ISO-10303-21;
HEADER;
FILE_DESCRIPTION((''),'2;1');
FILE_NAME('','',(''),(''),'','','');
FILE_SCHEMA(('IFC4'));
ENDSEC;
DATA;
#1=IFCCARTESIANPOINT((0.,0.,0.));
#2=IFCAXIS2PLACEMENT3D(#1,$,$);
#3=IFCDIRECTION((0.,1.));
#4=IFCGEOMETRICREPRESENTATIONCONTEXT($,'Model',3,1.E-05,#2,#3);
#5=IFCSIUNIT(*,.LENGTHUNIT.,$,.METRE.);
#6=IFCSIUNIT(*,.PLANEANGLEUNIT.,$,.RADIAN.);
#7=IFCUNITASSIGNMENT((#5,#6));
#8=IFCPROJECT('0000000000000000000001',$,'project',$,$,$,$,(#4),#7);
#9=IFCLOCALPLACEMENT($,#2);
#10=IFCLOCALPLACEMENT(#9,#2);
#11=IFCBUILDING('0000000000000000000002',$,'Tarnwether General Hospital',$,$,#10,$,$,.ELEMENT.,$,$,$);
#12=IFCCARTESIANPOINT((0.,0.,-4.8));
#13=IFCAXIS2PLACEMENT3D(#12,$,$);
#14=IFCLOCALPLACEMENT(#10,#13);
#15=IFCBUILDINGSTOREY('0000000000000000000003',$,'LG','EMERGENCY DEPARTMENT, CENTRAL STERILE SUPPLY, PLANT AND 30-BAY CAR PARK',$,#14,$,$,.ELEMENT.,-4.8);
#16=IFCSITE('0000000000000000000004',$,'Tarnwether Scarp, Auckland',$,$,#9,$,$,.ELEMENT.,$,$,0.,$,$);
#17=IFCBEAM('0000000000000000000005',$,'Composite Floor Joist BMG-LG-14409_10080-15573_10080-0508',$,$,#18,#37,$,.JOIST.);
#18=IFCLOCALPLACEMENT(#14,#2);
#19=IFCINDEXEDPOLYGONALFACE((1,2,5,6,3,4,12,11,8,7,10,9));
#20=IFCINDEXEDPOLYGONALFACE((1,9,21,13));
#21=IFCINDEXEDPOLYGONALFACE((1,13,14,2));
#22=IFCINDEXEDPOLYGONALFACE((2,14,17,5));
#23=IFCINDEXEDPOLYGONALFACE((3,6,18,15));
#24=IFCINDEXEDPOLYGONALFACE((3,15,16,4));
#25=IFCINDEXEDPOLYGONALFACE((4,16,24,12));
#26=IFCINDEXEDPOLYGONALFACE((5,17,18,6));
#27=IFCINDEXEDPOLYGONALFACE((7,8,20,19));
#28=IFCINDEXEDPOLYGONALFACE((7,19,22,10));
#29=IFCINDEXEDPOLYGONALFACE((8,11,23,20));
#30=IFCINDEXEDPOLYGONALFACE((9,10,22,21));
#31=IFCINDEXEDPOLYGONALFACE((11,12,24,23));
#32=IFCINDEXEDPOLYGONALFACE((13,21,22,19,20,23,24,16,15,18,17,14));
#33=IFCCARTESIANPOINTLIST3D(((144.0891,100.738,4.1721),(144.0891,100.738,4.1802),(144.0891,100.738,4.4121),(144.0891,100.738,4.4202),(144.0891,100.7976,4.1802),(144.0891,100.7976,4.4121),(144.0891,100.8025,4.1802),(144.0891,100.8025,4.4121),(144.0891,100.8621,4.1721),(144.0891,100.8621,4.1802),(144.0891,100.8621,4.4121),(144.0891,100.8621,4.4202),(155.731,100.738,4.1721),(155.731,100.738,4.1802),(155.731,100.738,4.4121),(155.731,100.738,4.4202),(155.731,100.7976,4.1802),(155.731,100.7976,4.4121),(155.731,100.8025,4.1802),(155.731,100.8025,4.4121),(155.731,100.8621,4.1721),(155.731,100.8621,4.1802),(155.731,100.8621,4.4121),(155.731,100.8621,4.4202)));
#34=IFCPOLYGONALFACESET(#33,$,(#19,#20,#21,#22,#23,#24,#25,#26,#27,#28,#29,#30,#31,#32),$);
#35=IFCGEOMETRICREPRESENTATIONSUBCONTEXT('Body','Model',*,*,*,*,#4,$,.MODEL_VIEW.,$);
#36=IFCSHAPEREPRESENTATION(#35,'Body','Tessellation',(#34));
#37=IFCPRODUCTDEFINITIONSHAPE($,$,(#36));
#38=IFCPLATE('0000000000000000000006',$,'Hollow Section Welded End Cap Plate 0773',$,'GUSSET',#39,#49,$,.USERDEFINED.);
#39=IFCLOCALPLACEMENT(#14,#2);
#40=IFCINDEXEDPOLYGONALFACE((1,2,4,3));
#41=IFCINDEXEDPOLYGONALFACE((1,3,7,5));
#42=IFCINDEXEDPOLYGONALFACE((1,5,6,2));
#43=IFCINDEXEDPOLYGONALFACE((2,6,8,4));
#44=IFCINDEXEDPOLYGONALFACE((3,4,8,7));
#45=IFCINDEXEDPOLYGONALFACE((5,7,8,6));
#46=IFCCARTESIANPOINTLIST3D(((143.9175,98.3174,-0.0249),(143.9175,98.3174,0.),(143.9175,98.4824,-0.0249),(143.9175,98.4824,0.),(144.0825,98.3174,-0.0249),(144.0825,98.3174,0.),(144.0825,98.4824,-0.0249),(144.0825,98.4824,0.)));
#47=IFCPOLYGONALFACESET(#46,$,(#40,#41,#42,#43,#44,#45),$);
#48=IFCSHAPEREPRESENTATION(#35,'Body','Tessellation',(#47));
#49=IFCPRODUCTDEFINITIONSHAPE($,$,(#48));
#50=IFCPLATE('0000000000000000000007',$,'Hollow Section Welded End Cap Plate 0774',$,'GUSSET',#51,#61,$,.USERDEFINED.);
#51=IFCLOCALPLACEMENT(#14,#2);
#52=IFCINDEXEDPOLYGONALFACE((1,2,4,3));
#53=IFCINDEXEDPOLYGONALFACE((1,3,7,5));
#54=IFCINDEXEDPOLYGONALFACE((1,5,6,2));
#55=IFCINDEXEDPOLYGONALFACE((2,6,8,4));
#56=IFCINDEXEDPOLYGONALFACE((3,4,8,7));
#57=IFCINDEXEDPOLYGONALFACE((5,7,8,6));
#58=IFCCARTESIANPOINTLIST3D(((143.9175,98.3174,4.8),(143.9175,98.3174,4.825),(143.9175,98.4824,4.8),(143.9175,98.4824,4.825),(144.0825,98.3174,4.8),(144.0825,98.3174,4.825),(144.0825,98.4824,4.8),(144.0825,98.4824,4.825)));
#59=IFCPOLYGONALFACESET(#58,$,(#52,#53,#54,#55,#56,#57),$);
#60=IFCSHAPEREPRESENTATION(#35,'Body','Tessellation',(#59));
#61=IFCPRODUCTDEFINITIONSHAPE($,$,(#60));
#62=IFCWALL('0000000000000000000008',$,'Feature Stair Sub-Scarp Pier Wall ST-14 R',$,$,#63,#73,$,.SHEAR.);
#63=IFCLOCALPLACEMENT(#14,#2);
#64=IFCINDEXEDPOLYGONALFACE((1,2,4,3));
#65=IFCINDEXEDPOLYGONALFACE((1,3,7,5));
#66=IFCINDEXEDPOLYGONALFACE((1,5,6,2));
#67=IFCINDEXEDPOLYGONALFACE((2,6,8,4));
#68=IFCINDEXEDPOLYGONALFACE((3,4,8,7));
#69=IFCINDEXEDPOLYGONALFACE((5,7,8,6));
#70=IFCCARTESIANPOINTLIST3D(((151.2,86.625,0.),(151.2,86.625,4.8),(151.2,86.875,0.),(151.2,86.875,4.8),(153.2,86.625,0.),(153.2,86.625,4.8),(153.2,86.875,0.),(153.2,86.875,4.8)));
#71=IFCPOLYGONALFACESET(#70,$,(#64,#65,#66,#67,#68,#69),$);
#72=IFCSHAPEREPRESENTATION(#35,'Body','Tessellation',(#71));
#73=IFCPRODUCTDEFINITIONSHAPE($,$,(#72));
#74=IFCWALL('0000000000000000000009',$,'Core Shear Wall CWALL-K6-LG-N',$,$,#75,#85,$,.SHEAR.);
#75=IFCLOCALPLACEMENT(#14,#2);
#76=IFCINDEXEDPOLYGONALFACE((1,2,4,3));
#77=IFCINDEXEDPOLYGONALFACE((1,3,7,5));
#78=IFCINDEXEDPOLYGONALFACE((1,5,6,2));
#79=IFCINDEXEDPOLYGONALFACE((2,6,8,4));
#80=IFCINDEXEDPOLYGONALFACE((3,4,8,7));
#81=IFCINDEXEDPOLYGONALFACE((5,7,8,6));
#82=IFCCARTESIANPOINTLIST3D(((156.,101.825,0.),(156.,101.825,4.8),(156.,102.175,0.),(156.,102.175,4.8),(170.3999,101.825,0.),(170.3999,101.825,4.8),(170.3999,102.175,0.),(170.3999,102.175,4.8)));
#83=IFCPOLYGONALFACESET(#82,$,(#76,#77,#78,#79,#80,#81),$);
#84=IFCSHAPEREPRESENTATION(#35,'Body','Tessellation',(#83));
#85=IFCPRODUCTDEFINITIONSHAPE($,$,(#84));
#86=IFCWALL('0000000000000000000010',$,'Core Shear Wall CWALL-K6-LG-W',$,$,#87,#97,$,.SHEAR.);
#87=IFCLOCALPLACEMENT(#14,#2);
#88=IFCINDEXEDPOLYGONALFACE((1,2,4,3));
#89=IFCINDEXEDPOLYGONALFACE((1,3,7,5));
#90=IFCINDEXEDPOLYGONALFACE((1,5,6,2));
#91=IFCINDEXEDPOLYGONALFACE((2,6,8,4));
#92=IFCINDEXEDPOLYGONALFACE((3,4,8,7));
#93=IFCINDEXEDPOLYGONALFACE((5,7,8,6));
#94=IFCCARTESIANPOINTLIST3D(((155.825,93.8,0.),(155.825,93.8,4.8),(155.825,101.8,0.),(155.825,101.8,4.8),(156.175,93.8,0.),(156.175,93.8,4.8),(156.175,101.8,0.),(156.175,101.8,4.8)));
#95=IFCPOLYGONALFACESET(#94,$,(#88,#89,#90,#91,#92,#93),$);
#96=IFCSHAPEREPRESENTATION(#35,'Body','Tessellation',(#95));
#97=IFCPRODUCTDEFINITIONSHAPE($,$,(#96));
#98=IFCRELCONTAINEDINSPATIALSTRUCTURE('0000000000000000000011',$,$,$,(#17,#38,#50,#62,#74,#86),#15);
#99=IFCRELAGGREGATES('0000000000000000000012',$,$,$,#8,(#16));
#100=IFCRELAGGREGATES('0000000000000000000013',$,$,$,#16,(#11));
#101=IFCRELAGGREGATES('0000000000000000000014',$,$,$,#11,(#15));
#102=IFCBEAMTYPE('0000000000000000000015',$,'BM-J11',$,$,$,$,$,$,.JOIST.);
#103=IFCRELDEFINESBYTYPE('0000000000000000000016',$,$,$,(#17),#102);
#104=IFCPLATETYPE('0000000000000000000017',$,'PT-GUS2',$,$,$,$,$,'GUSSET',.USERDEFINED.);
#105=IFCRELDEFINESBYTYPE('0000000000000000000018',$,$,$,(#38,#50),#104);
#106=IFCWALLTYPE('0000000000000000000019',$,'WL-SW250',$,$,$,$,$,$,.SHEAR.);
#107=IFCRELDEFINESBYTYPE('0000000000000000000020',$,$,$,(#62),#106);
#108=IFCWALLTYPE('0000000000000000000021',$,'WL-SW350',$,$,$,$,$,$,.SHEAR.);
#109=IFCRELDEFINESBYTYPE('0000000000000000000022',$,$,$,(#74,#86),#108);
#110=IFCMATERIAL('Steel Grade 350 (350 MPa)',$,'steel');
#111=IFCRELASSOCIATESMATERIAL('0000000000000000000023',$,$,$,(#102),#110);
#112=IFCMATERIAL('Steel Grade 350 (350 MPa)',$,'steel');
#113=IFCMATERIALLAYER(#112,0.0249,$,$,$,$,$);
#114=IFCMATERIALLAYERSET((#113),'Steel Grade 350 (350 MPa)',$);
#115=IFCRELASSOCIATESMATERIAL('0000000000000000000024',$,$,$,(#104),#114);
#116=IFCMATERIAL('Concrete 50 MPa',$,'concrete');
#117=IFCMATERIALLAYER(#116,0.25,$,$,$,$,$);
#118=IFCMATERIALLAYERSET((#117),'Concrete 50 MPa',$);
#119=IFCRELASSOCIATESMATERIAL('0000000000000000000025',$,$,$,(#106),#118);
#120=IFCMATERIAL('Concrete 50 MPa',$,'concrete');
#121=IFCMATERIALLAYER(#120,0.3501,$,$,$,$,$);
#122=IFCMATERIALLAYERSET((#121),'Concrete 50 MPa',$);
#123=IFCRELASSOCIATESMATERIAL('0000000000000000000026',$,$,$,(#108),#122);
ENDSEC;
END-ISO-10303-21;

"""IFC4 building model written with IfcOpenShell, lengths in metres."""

from ifc_helpers import new_model, si_unit, direction, frame, frame_2d, origin, origin_2d, place, context, subcontext, project, spatial, rectangle, i_section, extrude, material, layer, layer_set, material_profile, profile_set, type_object, element, save


model = new_model("IFC4")

# Units and contexts
model_context = context("Model", 3, precision=1e-05, world=origin(), true_north=direction((0.0, 1.0)))
body_context = subcontext(model_context, "Body", "Model", "MODEL_VIEW")
ifc_project = project(units=[si_unit("LENGTHUNIT", "METRE"), si_unit("PLANEANGLEUNIT", "RADIAN")], contexts=[model_context])

# Site, building, storey
site_placement = place(None, origin())
site = spatial("IfcSite", under=ifc_project, at=site_placement, Name="Tarnwether Scarp, Auckland", CompositionType="ELEMENT", RefElevation=0.0)
building_placement = place(site_placement, origin())
building = spatial("IfcBuilding", under=site, at=building_placement, Name="Tarnwether General Hospital", CompositionType="ELEMENT")
storey_placement = place(building_placement, frame((0.0, 0.0, -4.8)))
storey = spatial("IfcBuildingStorey", under=building, at=storey_placement, Name="LG", Description="EMERGENCY DEPARTMENT, CENTRAL STERILE SUPPLY, PLANT AND 30-BAY CAR PARK", CompositionType="ELEMENT", Elevation=-4.8)

# Beam
ifc_material_1 = material(Name="Steel Grade 350 (350 MPa)", Category="steel")
ifc_material_profile_1 = material_profile(ifc_material_1, i_section(OverallWidth=0.124, OverallDepth=0.248, WebThickness=0.0049, FlangeThickness=0.0081, at=origin_2d()), Name="250UB25.7")
ifc_profile_set_1 = profile_set([ifc_material_profile_1], Name="Steel Grade 350 (350 MPa)")
beam_type_1 = type_object("IfcBeamType", Name="BM-J11", PredefinedType="JOIST", material=ifc_profile_set_1)
beam_1_placement = place(storey_placement, frame((144.0891, 100.8, 4.2961), z_axis=(1.0, 0.0, 0.0), x_axis=(0.0, 1.0, 0.0)))
element("IfcBeam", 1, at=beam_1_placement, inside=storey, type_object=beam_type_1, Name="Composite Floor Joist BMG-LG-14409_10080-15573_10080-0508", PredefinedType="JOIST", context=body_context, shape_type="SweptSolid", body=[
    extrude(i_section(OverallWidth=0.124, OverallDepth=0.248, WebThickness=0.0049, FlangeThickness=0.0081, at=origin_2d()), origin(), (0.0, 0.0, 1.0), 11.6418),
])

# Plates
ifc_material_2 = material(Name="Steel Grade 350 (350 MPa)", Category="steel")
ifc_layer_1 = layer(ifc_material_2, 0.0249)
ifc_layer_set_1 = layer_set([ifc_layer_1], Name="Steel Grade 350 (350 MPa)")
plate_type = type_object("IfcPlateType", Name="PT-GUS2", ElementType="GUSSET", PredefinedType="USERDEFINED", material=ifc_layer_set_1)
for number, where, z_axis, x_axis, name in (
    (2, (144.0, 98.3999, -0.0249), (0.0, 0.0, 1.0), (1.0, 0.0, 0.0), "Hollow Section Welded End Cap Plate 0773"),
    (3, (144.0, 98.3999, 4.8), (0.0, 0.0, 1.0), (1.0, 0.0, 0.0), "Hollow Section Welded End Cap Plate 0774"),
):
    element("IfcPlate", number, at=place(storey_placement, frame(where, z_axis=z_axis, x_axis=x_axis)), inside=storey, type_object=plate_type, Name=name, ObjectType="GUSSET", PredefinedType="USERDEFINED", context=body_context, shape_type="SweptSolid", body=[
        extrude(rectangle(XDim=0.165, YDim=0.165, at=origin_2d()), origin(), (0.0, 0.0, 1.0), 0.0249),
    ])

# Walls
ifc_material_3 = material(Name="Concrete 50 MPa", Category="concrete")
ifc_layer_2 = layer(ifc_material_3, 0.25)
ifc_layer_set_2 = layer_set([ifc_layer_2], Name="Concrete 50 MPa")
wall_type_1 = type_object("IfcWallType", Name="WL-SW250", PredefinedType="SHEAR", material=ifc_layer_set_2)
wall_1_placement = place(storey_placement, frame((151.2, 86.75, 0.0), z_axis=(0.0, 0.0, 1.0), x_axis=(1.0, 0.0, 0.0)))
element("IfcWall", 4, at=wall_1_placement, inside=storey, type_object=wall_type_1, Name="Feature Stair Sub-Scarp Pier Wall ST-14 R", PredefinedType="SHEAR", context=body_context, shape_type="SweptSolid", body=[
    extrude(rectangle(XDim=2.0, YDim=0.25, at=frame_2d((1.0, 0.0))), origin(), (0.0, 0.0, 1.0), 4.8),
])
ifc_material_4 = material(Name="Concrete 50 MPa", Category="concrete")
ifc_layer_3 = layer(ifc_material_4, 0.3501)
ifc_layer_set_3 = layer_set([ifc_layer_3], Name="Concrete 50 MPa")
wall_type_2 = type_object("IfcWallType", Name="WL-SW350", PredefinedType="SHEAR", material=ifc_layer_set_3)
wall_2_placement = place(storey_placement, frame((156.0, 102.0, 0.0), z_axis=(0.0, 0.0, 1.0), x_axis=(1.0, 0.0, 0.0)))
element("IfcWall", 5, at=wall_2_placement, inside=storey, type_object=wall_type_2, Name="Core Shear Wall CWALL-K6-LG-N", PredefinedType="SHEAR", context=body_context, shape_type="SweptSolid", body=[
    extrude(rectangle(XDim=14.3999, YDim=0.3501, at=frame_2d((7.2, 0.0))), origin(), (0.0, 0.0, 1.0), 4.8),
])
wall_3_placement = place(storey_placement, frame((156.0, 93.8, 0.0), z_axis=(0.0, 0.0, 1.0), x_axis=(0.0, 1.0, 0.0)))
element("IfcWall", 6, at=wall_3_placement, inside=storey, type_object=wall_type_2, Name="Core Shear Wall CWALL-K6-LG-W", PredefinedType="SHEAR", context=body_context, shape_type="SweptSolid", body=[
    extrude(rectangle(XDim=8.0, YDim=0.3501, at=frame_2d((4.0, 0.0))), origin(), (0.0, 0.0, 1.0), 4.8),
])

save(model, "model.ifc")
